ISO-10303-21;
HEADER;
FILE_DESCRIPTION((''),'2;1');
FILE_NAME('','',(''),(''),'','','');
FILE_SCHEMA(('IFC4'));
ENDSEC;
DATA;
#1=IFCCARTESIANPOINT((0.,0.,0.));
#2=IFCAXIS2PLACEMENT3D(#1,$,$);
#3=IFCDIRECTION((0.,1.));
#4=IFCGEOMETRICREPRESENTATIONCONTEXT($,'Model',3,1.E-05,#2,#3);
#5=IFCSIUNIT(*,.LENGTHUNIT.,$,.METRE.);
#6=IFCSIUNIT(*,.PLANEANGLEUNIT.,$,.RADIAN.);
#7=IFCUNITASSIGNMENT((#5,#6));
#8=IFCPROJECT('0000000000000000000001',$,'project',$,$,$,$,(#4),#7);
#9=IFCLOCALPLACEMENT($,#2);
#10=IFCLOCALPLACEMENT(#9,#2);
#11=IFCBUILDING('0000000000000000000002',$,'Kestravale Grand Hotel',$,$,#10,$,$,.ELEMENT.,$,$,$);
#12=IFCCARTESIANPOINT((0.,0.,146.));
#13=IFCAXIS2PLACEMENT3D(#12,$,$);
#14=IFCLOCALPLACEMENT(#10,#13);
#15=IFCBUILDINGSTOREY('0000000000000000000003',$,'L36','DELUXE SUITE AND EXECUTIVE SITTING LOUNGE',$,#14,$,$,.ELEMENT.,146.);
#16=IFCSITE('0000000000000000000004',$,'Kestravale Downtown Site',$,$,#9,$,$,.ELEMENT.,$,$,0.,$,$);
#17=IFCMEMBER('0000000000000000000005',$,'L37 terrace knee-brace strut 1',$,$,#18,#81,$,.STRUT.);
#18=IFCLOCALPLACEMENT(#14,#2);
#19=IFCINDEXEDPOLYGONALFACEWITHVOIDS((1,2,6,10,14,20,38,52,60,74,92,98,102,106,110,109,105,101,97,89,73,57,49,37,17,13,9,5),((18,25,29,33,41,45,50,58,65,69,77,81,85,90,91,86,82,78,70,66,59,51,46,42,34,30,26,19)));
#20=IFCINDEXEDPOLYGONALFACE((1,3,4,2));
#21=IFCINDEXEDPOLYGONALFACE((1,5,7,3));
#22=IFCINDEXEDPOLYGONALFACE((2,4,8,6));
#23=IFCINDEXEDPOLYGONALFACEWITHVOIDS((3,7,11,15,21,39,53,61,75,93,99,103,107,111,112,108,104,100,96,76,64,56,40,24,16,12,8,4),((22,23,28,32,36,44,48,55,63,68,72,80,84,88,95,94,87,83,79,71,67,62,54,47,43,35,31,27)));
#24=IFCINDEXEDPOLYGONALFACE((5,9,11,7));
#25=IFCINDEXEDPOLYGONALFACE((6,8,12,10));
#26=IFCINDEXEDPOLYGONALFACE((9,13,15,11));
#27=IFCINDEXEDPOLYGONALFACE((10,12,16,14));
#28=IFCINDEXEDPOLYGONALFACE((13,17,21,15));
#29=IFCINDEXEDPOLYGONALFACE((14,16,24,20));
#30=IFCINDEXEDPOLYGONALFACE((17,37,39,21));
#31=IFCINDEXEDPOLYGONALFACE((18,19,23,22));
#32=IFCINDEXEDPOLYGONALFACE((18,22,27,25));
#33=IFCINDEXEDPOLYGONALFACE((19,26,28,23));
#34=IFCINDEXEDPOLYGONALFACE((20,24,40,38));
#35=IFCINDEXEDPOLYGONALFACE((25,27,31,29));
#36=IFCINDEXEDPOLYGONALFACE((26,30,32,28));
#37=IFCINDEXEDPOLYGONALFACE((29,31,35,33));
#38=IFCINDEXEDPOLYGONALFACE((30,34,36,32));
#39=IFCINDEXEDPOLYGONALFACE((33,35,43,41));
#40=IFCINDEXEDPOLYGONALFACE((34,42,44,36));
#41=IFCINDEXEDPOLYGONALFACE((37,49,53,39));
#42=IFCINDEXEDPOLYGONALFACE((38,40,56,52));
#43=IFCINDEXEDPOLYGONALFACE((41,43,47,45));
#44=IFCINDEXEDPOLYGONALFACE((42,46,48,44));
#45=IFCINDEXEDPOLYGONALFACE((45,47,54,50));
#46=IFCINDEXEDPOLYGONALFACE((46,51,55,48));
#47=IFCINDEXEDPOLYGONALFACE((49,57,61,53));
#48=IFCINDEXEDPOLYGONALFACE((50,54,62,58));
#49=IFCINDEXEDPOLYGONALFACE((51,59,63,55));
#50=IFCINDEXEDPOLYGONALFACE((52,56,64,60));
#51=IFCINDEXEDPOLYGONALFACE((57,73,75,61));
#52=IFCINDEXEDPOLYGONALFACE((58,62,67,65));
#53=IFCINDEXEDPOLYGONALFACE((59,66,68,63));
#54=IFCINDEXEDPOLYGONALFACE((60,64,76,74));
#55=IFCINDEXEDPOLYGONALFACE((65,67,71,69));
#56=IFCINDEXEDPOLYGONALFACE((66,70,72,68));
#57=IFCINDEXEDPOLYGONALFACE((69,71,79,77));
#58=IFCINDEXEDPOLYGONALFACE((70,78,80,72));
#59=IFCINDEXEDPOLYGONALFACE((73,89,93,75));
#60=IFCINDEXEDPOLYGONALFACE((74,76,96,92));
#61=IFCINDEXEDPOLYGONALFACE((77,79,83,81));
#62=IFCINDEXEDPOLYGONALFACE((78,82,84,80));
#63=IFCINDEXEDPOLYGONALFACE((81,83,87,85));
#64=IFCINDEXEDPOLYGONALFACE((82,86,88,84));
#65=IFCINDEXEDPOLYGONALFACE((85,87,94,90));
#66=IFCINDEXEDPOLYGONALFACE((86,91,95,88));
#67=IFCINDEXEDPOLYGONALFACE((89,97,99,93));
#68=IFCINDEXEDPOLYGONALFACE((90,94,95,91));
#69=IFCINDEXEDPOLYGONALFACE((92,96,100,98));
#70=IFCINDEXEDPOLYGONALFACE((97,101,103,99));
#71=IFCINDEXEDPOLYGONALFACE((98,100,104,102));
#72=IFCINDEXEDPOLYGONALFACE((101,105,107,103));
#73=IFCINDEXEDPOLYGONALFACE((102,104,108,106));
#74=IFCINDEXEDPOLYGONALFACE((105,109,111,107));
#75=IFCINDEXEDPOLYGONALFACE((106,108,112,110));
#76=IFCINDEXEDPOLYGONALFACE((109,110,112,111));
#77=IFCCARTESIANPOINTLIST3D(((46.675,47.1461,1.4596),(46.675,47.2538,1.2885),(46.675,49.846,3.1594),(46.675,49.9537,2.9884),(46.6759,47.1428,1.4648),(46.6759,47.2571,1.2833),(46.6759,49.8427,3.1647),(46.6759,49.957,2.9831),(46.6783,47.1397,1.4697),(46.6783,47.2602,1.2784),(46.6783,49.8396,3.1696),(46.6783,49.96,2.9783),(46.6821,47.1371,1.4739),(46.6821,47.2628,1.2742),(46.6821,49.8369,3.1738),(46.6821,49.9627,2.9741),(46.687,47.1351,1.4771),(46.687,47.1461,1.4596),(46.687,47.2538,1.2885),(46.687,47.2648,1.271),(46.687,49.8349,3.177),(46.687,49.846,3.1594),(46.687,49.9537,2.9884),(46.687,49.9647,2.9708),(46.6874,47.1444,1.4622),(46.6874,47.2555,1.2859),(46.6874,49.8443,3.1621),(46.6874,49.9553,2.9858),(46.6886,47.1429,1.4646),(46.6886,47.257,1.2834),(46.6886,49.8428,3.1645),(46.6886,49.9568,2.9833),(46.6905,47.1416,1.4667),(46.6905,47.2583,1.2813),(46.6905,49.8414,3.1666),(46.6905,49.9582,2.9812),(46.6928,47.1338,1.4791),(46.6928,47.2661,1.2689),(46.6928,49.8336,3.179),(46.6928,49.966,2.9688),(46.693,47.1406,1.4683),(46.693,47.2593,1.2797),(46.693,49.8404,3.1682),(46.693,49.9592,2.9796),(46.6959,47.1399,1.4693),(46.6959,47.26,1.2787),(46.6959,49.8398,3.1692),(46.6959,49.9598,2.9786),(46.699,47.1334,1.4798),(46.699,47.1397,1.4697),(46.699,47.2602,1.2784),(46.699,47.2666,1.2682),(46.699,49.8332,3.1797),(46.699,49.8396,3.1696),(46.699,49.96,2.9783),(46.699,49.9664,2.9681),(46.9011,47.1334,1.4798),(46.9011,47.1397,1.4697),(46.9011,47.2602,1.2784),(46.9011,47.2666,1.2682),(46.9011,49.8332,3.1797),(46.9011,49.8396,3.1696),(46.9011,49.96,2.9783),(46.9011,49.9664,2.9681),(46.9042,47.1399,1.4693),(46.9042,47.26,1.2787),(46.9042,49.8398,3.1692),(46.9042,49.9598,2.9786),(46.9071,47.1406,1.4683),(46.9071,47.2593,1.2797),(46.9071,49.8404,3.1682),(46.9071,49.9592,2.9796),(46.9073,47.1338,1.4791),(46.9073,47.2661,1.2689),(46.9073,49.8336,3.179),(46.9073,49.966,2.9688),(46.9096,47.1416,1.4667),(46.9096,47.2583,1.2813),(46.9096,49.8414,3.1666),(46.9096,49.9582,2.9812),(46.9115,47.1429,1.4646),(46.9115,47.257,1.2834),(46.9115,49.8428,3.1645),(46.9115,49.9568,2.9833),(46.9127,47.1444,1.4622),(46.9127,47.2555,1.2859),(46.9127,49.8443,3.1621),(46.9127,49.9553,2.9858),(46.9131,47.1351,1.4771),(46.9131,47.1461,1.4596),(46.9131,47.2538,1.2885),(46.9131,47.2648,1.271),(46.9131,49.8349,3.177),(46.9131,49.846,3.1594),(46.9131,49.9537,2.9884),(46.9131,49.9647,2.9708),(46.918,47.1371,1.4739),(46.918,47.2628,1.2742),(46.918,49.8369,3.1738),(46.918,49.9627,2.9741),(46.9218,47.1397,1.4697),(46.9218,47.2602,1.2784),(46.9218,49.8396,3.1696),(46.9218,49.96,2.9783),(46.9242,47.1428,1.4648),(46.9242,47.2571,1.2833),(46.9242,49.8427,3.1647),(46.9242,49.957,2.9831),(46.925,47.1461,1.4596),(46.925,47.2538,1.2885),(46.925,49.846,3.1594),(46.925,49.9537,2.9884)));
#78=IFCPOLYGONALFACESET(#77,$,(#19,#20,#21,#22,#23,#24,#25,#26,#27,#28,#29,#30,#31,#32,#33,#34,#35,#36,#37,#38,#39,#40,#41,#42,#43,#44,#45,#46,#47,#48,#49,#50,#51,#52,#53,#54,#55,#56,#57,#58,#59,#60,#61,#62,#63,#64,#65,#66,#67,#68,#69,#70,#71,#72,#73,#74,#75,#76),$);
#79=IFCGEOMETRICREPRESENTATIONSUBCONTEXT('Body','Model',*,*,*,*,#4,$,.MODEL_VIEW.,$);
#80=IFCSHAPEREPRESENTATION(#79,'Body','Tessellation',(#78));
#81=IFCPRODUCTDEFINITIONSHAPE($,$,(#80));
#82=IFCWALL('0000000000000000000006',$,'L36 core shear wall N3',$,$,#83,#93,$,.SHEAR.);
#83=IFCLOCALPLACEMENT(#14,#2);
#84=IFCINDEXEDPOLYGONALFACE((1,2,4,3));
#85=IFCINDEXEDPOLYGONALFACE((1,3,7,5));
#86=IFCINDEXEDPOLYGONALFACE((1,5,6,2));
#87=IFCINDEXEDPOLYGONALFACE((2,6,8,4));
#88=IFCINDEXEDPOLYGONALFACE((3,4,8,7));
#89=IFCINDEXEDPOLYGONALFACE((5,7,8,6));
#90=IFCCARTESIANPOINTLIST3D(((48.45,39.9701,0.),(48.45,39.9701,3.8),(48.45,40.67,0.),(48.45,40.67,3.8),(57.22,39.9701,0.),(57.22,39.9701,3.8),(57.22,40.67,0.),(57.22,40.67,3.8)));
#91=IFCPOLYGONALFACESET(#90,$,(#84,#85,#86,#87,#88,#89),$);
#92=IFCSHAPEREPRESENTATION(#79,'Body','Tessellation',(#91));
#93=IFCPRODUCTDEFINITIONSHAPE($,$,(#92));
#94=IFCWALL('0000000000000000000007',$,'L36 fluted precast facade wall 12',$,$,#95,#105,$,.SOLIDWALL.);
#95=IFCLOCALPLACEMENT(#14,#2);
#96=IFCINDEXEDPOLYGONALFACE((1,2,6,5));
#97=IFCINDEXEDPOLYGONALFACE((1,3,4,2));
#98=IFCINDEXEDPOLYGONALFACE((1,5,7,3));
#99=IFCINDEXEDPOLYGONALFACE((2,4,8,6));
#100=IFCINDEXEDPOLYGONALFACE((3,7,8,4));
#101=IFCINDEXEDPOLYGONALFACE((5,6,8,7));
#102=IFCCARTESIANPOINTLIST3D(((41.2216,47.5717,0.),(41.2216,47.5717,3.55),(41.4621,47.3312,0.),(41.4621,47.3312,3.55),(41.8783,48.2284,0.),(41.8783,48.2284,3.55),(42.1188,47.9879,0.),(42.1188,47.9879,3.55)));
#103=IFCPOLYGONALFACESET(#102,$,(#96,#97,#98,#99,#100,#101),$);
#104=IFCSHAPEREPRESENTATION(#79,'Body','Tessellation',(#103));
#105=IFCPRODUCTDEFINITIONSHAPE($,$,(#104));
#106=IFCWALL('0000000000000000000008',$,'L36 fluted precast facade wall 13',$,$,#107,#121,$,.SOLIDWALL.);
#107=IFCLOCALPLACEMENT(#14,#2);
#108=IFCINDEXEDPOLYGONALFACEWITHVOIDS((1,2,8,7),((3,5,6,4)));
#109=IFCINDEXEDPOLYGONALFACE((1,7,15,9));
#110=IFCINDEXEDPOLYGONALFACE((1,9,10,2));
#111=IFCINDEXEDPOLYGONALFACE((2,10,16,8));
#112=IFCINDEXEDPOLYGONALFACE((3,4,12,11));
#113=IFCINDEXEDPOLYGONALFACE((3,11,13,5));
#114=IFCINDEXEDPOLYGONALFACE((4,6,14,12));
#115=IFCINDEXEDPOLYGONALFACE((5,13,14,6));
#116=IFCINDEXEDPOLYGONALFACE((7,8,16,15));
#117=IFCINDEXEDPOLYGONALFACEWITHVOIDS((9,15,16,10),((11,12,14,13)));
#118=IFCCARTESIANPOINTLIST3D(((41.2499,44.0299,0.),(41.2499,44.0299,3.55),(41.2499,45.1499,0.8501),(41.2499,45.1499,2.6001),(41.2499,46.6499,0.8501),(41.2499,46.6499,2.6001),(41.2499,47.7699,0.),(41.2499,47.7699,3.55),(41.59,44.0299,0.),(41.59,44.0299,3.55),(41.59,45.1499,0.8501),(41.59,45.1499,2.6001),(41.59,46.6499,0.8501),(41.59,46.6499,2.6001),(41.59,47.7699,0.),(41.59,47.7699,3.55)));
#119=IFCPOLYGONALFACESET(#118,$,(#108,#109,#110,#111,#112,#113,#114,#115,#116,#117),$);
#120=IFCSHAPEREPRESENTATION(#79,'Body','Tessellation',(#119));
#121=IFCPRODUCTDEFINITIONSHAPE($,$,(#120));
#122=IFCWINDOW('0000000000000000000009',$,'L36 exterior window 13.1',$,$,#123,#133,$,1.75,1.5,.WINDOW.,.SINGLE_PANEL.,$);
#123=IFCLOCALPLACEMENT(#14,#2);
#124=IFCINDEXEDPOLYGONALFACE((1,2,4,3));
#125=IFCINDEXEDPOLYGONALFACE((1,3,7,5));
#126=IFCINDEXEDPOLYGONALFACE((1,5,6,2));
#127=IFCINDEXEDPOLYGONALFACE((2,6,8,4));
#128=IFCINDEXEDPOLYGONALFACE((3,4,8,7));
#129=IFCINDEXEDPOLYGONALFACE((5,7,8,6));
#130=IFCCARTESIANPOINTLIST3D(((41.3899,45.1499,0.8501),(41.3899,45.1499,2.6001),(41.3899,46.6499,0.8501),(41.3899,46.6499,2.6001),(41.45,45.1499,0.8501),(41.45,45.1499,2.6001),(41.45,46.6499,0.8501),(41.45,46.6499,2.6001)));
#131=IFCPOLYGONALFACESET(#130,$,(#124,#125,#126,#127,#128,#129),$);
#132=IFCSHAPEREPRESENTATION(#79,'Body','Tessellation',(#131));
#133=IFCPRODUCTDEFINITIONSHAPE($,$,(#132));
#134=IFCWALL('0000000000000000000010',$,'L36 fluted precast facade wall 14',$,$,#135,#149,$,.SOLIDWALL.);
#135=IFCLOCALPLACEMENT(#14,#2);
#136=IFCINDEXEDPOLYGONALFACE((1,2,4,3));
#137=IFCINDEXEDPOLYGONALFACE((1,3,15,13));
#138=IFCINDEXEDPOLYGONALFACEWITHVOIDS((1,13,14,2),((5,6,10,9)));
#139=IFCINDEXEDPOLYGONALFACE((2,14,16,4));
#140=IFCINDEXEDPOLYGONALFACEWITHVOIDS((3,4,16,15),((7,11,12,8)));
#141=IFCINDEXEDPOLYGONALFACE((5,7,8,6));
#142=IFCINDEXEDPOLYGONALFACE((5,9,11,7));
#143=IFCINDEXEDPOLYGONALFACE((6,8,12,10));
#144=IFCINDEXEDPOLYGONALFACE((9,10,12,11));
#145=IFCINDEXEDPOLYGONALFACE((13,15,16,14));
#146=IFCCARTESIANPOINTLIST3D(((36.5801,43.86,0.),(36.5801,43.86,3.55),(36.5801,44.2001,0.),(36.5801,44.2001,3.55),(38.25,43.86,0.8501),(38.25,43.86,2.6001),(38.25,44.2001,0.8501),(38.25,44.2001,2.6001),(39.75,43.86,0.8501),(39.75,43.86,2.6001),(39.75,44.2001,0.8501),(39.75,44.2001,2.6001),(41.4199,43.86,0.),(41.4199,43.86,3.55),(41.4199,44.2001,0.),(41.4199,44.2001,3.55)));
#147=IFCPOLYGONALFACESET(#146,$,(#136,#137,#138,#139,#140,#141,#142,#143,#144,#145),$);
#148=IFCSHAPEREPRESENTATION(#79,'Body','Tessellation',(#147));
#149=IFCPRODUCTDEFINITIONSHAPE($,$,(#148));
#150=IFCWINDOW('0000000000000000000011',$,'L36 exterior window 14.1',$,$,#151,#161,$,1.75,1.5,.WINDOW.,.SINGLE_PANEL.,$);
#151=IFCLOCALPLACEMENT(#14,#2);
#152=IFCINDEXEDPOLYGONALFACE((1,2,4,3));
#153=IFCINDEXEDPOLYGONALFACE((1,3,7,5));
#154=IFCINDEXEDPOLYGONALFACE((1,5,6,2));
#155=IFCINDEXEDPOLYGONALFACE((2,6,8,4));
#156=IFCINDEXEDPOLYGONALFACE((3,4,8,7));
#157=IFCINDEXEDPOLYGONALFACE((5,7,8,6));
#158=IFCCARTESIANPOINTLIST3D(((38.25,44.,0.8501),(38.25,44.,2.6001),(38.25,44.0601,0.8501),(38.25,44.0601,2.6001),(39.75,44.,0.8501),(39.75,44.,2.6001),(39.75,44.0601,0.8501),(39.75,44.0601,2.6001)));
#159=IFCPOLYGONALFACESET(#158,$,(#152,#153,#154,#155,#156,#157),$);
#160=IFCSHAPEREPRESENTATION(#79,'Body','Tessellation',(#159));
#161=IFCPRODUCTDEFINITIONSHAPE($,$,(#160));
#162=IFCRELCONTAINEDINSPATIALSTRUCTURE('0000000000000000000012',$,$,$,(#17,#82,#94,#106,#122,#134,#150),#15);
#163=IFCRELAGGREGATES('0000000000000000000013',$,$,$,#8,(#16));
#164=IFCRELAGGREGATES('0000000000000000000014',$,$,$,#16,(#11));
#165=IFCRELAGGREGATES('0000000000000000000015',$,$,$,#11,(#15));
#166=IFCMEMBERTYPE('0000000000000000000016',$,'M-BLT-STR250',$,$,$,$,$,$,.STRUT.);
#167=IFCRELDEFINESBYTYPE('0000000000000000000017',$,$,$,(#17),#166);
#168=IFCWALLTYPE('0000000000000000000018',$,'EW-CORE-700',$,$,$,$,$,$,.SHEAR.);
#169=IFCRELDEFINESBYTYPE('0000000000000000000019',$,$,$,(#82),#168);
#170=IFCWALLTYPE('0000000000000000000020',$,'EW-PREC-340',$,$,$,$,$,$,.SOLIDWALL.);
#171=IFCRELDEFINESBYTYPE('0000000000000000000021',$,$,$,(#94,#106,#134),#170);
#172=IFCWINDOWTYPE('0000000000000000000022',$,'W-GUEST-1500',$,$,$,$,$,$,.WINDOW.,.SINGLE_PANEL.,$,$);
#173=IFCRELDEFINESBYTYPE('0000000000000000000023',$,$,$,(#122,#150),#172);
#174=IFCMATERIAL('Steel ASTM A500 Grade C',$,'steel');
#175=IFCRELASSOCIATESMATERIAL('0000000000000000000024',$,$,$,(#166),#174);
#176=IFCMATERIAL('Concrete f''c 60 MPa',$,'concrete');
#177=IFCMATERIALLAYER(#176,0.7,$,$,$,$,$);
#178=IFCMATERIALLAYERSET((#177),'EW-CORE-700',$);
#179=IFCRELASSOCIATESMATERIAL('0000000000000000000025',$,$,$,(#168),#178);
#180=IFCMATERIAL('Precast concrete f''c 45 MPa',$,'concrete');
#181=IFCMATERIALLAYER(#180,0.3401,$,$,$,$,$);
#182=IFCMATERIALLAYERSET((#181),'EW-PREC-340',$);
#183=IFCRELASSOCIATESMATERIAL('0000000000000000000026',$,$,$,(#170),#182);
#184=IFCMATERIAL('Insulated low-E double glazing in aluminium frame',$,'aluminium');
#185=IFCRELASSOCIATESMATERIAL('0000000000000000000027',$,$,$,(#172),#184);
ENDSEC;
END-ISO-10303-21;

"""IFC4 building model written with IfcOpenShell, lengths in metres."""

from ifc_helpers import new_model, si_unit, direction, frame, frame_2d, origin, origin_2d, place, context, subcontext, project, spatial, rectangle, hollow_rectangle, extrude, material, layer, layer_set, material_profile, profile_set, type_object, element, fill, save


model = new_model("IFC4")

# Units and contexts
model_context = context("Model", 3, precision=1e-05, world=origin(), true_north=direction((0.0, 1.0)))
body_context = subcontext(model_context, "Body", "Model", "MODEL_VIEW")
ifc_project = project(units=[si_unit("LENGTHUNIT", "METRE"), si_unit("PLANEANGLEUNIT", "RADIAN")], contexts=[model_context])

# Site, building, storey
site_placement = place(None, origin())
site = spatial("IfcSite", under=ifc_project, at=site_placement, Name="Kestravale Downtown Site", CompositionType="ELEMENT", RefElevation=0.0)
building_placement = place(site_placement, origin())
building = spatial("IfcBuilding", under=site, at=building_placement, Name="Kestravale Grand Hotel", CompositionType="ELEMENT")
storey_placement = place(building_placement, frame((0.0, 0.0, 146.0)))
storey = spatial("IfcBuildingStorey", under=building, at=storey_placement, Name="L36", Description="DELUXE SUITE AND EXECUTIVE SITTING LOUNGE", CompositionType="ELEMENT", Elevation=146.0)

# Member
ifc_material_1 = material(Name="Steel ASTM A500 Grade C", Category="steel")
ifc_material_profile_1 = material_profile(ifc_material_1, hollow_rectangle(XDim=0.25, YDim=0.25, WallThickness=0.012, InnerFilletRadius=0.012, OuterFilletRadius=0.0239, at=origin_2d()))
ifc_profile_set_1 = profile_set([ifc_material_profile_1], Name="Steel ASTM A500 Grade C")
member_type = type_object("IfcMemberType", Name="M-BLT-STR250", PredefinedType="STRUT", material=ifc_profile_set_1)
member_placement = place(storey_placement, frame((46.8, 47.2, 1.374), z_axis=(0.0, 0.846235, 0.532809), x_axis=(-1.0, 0.0, 0.0)))
element("IfcMember", 1, at=member_placement, inside=storey, type_object=member_type, Name="L37 terrace knee-brace strut 1", PredefinedType="STRUT", context=body_context, shape_type="SweptSolid", body=[
    extrude(hollow_rectangle(XDim=0.25, YDim=0.25, WallThickness=0.012, InnerFilletRadius=0.012, OuterFilletRadius=0.0239, at=origin_2d()), origin(), (0.0, 0.0, 1.0), 3.1904),
])

# Walls
ifc_material_2 = material(Name="Concrete f'c 60 MPa", Category="concrete")
ifc_layer_1 = layer(ifc_material_2, 0.7)
ifc_layer_set_1 = layer_set([ifc_layer_1], Name="EW-CORE-700")
wall_type_1 = type_object("IfcWallType", Name="EW-CORE-700", PredefinedType="SHEAR", material=ifc_layer_set_1)
wall_1_placement = place(storey_placement, frame((48.45, 40.3201, 0.0), z_axis=(0.0, 0.0, 1.0), x_axis=(1.0, 0.0, 0.0)))
element("IfcWall", 2, at=wall_1_placement, inside=storey, type_object=wall_type_1, Name="L36 core shear wall N3", PredefinedType="SHEAR", context=body_context, shape_type="SweptSolid", body=[
    extrude(rectangle(XDim=8.77, YDim=0.7, at=frame_2d((4.385, 0.0))), origin(), (0.0, 0.0, 1.0), 3.8),
])
ifc_material_3 = material(Name="Precast concrete f'c 45 MPa", Category="concrete")
ifc_layer_2 = layer(ifc_material_3, 0.3401)
ifc_layer_set_2 = layer_set([ifc_layer_2], Name="EW-PREC-340")
wall_type_2 = type_object("IfcWallType", Name="EW-PREC-340", PredefinedType="SOLIDWALL", material=ifc_layer_set_2)
wall_2_placement = place(storey_placement, frame((41.9985, 48.1082, 0.0), z_axis=(0.0, 0.0, 1.0), x_axis=(-0.707107, -0.707107, 0.0)))
element("IfcWall", 3, at=wall_2_placement, inside=storey, type_object=wall_type_2, Name="L36 fluted precast facade wall 12", PredefinedType="SOLIDWALL", context=body_context, shape_type="SweptSolid", body=[
    extrude(rectangle(XDim=0.9287, YDim=0.3401, at=frame_2d((0.4644, 0.0))), origin(), (0.0, 0.0, 1.0), 3.55),
])

# Walls, openings, windows
wall_3_placement = place(storey_placement, frame((41.4199, 47.77, 0.0), z_axis=(0.0, 0.0, 1.0), x_axis=(0.0, -1.0, 0.0)))
wall_3 = element("IfcWall", 4, at=wall_3_placement, inside=storey, type_object=wall_type_2, Name="L36 fluted precast facade wall 13", PredefinedType="SOLIDWALL", context=body_context, shape_type="SweptSolid", body=[
    extrude(rectangle(XDim=3.74, YDim=0.3401, at=frame_2d((1.8701, 0.0))), origin(), (0.0, 0.0, 1.0), 3.55),
])
opening_1_placement = place(wall_3_placement, frame((1.1201, 0.0, 0.8501)))
opening_1 = element("IfcOpeningElement", 5, at=opening_1_placement, cuts=wall_3, PredefinedType="OPENING", context=body_context, shape_type="SweptSolid", body=[
    extrude(rectangle(XDim=1.5, YDim=1.75, at=frame_2d((0.75, 0.875))), frame((0.0, 0.1799, 0.0), z_axis=(0.0, -1.0, 0.0), x_axis=(1.0, 0.0, 0.0)), (0.0, 0.0, 1.0), 0.3601),
])
ifc_material_4 = material(Name="Insulated low-E double glazing in aluminium frame", Category="aluminium")
window_type = type_object("IfcWindowType", Name="W-GUEST-1500", PartitioningType="SINGLE_PANEL", PredefinedType="WINDOW", material=ifc_material_4)
window_1_placement = place(opening_1_placement, origin())
window_1 = element("IfcWindow", 6, at=window_1_placement, inside=storey, type_object=window_type, Name="L36 exterior window 13.1", OverallHeight=1.75, OverallWidth=1.5, PartitioningType="SINGLE_PANEL", PredefinedType="WINDOW", context=body_context, shape_type="SweptSolid", body=[
    extrude(rectangle(XDim=1.5, YDim=1.75, at=frame_2d((0.75, 0.875))), frame((0.0, 0.03, 0.0), z_axis=(0.0, -1.0, 0.0), x_axis=(1.0, 0.0, 0.0)), (0.0, 0.0, 1.0), 0.0601),
])
fill(opening_1, window_1)
wall_4_placement = place(storey_placement, frame((41.4199, 44.03, 0.0), z_axis=(0.0, 0.0, 1.0), x_axis=(-1.0, 0.0, 0.0)))
wall_4 = element("IfcWall", 7, at=wall_4_placement, inside=storey, type_object=wall_type_2, Name="L36 fluted precast facade wall 14", PredefinedType="SOLIDWALL", context=body_context, shape_type="SweptSolid", body=[
    extrude(rectangle(XDim=4.8398, YDim=0.3401, at=frame_2d((2.4199, 0.0))), origin(), (0.0, 0.0, 1.0), 3.55),
])
opening_2_placement = place(wall_4_placement, frame((1.6699, 0.0, 0.8501)))
opening_2 = element("IfcOpeningElement", 8, at=opening_2_placement, cuts=wall_4, PredefinedType="OPENING", context=body_context, shape_type="SweptSolid", body=[
    extrude(rectangle(XDim=1.5, YDim=1.75, at=frame_2d((0.75, 0.875))), frame((0.0, 0.1799, 0.0), z_axis=(0.0, -1.0, 0.0), x_axis=(1.0, 0.0, 0.0)), (0.0, 0.0, 1.0), 0.3601),
])
window_2_placement = place(opening_2_placement, origin())
window_2 = element("IfcWindow", 9, at=window_2_placement, inside=storey, type_object=window_type, Name="L36 exterior window 14.1", OverallHeight=1.75, OverallWidth=1.5, PartitioningType="SINGLE_PANEL", PredefinedType="WINDOW", context=body_context, shape_type="SweptSolid", body=[
    extrude(rectangle(XDim=1.5, YDim=1.75, at=frame_2d((0.75, 0.875))), frame((0.0, 0.03, 0.0), z_axis=(0.0, -1.0, 0.0), x_axis=(1.0, 0.0, 0.0)), (0.0, 0.0, 1.0), 0.0601),
])
fill(opening_2, window_2)

save(model, "model.ifc")
